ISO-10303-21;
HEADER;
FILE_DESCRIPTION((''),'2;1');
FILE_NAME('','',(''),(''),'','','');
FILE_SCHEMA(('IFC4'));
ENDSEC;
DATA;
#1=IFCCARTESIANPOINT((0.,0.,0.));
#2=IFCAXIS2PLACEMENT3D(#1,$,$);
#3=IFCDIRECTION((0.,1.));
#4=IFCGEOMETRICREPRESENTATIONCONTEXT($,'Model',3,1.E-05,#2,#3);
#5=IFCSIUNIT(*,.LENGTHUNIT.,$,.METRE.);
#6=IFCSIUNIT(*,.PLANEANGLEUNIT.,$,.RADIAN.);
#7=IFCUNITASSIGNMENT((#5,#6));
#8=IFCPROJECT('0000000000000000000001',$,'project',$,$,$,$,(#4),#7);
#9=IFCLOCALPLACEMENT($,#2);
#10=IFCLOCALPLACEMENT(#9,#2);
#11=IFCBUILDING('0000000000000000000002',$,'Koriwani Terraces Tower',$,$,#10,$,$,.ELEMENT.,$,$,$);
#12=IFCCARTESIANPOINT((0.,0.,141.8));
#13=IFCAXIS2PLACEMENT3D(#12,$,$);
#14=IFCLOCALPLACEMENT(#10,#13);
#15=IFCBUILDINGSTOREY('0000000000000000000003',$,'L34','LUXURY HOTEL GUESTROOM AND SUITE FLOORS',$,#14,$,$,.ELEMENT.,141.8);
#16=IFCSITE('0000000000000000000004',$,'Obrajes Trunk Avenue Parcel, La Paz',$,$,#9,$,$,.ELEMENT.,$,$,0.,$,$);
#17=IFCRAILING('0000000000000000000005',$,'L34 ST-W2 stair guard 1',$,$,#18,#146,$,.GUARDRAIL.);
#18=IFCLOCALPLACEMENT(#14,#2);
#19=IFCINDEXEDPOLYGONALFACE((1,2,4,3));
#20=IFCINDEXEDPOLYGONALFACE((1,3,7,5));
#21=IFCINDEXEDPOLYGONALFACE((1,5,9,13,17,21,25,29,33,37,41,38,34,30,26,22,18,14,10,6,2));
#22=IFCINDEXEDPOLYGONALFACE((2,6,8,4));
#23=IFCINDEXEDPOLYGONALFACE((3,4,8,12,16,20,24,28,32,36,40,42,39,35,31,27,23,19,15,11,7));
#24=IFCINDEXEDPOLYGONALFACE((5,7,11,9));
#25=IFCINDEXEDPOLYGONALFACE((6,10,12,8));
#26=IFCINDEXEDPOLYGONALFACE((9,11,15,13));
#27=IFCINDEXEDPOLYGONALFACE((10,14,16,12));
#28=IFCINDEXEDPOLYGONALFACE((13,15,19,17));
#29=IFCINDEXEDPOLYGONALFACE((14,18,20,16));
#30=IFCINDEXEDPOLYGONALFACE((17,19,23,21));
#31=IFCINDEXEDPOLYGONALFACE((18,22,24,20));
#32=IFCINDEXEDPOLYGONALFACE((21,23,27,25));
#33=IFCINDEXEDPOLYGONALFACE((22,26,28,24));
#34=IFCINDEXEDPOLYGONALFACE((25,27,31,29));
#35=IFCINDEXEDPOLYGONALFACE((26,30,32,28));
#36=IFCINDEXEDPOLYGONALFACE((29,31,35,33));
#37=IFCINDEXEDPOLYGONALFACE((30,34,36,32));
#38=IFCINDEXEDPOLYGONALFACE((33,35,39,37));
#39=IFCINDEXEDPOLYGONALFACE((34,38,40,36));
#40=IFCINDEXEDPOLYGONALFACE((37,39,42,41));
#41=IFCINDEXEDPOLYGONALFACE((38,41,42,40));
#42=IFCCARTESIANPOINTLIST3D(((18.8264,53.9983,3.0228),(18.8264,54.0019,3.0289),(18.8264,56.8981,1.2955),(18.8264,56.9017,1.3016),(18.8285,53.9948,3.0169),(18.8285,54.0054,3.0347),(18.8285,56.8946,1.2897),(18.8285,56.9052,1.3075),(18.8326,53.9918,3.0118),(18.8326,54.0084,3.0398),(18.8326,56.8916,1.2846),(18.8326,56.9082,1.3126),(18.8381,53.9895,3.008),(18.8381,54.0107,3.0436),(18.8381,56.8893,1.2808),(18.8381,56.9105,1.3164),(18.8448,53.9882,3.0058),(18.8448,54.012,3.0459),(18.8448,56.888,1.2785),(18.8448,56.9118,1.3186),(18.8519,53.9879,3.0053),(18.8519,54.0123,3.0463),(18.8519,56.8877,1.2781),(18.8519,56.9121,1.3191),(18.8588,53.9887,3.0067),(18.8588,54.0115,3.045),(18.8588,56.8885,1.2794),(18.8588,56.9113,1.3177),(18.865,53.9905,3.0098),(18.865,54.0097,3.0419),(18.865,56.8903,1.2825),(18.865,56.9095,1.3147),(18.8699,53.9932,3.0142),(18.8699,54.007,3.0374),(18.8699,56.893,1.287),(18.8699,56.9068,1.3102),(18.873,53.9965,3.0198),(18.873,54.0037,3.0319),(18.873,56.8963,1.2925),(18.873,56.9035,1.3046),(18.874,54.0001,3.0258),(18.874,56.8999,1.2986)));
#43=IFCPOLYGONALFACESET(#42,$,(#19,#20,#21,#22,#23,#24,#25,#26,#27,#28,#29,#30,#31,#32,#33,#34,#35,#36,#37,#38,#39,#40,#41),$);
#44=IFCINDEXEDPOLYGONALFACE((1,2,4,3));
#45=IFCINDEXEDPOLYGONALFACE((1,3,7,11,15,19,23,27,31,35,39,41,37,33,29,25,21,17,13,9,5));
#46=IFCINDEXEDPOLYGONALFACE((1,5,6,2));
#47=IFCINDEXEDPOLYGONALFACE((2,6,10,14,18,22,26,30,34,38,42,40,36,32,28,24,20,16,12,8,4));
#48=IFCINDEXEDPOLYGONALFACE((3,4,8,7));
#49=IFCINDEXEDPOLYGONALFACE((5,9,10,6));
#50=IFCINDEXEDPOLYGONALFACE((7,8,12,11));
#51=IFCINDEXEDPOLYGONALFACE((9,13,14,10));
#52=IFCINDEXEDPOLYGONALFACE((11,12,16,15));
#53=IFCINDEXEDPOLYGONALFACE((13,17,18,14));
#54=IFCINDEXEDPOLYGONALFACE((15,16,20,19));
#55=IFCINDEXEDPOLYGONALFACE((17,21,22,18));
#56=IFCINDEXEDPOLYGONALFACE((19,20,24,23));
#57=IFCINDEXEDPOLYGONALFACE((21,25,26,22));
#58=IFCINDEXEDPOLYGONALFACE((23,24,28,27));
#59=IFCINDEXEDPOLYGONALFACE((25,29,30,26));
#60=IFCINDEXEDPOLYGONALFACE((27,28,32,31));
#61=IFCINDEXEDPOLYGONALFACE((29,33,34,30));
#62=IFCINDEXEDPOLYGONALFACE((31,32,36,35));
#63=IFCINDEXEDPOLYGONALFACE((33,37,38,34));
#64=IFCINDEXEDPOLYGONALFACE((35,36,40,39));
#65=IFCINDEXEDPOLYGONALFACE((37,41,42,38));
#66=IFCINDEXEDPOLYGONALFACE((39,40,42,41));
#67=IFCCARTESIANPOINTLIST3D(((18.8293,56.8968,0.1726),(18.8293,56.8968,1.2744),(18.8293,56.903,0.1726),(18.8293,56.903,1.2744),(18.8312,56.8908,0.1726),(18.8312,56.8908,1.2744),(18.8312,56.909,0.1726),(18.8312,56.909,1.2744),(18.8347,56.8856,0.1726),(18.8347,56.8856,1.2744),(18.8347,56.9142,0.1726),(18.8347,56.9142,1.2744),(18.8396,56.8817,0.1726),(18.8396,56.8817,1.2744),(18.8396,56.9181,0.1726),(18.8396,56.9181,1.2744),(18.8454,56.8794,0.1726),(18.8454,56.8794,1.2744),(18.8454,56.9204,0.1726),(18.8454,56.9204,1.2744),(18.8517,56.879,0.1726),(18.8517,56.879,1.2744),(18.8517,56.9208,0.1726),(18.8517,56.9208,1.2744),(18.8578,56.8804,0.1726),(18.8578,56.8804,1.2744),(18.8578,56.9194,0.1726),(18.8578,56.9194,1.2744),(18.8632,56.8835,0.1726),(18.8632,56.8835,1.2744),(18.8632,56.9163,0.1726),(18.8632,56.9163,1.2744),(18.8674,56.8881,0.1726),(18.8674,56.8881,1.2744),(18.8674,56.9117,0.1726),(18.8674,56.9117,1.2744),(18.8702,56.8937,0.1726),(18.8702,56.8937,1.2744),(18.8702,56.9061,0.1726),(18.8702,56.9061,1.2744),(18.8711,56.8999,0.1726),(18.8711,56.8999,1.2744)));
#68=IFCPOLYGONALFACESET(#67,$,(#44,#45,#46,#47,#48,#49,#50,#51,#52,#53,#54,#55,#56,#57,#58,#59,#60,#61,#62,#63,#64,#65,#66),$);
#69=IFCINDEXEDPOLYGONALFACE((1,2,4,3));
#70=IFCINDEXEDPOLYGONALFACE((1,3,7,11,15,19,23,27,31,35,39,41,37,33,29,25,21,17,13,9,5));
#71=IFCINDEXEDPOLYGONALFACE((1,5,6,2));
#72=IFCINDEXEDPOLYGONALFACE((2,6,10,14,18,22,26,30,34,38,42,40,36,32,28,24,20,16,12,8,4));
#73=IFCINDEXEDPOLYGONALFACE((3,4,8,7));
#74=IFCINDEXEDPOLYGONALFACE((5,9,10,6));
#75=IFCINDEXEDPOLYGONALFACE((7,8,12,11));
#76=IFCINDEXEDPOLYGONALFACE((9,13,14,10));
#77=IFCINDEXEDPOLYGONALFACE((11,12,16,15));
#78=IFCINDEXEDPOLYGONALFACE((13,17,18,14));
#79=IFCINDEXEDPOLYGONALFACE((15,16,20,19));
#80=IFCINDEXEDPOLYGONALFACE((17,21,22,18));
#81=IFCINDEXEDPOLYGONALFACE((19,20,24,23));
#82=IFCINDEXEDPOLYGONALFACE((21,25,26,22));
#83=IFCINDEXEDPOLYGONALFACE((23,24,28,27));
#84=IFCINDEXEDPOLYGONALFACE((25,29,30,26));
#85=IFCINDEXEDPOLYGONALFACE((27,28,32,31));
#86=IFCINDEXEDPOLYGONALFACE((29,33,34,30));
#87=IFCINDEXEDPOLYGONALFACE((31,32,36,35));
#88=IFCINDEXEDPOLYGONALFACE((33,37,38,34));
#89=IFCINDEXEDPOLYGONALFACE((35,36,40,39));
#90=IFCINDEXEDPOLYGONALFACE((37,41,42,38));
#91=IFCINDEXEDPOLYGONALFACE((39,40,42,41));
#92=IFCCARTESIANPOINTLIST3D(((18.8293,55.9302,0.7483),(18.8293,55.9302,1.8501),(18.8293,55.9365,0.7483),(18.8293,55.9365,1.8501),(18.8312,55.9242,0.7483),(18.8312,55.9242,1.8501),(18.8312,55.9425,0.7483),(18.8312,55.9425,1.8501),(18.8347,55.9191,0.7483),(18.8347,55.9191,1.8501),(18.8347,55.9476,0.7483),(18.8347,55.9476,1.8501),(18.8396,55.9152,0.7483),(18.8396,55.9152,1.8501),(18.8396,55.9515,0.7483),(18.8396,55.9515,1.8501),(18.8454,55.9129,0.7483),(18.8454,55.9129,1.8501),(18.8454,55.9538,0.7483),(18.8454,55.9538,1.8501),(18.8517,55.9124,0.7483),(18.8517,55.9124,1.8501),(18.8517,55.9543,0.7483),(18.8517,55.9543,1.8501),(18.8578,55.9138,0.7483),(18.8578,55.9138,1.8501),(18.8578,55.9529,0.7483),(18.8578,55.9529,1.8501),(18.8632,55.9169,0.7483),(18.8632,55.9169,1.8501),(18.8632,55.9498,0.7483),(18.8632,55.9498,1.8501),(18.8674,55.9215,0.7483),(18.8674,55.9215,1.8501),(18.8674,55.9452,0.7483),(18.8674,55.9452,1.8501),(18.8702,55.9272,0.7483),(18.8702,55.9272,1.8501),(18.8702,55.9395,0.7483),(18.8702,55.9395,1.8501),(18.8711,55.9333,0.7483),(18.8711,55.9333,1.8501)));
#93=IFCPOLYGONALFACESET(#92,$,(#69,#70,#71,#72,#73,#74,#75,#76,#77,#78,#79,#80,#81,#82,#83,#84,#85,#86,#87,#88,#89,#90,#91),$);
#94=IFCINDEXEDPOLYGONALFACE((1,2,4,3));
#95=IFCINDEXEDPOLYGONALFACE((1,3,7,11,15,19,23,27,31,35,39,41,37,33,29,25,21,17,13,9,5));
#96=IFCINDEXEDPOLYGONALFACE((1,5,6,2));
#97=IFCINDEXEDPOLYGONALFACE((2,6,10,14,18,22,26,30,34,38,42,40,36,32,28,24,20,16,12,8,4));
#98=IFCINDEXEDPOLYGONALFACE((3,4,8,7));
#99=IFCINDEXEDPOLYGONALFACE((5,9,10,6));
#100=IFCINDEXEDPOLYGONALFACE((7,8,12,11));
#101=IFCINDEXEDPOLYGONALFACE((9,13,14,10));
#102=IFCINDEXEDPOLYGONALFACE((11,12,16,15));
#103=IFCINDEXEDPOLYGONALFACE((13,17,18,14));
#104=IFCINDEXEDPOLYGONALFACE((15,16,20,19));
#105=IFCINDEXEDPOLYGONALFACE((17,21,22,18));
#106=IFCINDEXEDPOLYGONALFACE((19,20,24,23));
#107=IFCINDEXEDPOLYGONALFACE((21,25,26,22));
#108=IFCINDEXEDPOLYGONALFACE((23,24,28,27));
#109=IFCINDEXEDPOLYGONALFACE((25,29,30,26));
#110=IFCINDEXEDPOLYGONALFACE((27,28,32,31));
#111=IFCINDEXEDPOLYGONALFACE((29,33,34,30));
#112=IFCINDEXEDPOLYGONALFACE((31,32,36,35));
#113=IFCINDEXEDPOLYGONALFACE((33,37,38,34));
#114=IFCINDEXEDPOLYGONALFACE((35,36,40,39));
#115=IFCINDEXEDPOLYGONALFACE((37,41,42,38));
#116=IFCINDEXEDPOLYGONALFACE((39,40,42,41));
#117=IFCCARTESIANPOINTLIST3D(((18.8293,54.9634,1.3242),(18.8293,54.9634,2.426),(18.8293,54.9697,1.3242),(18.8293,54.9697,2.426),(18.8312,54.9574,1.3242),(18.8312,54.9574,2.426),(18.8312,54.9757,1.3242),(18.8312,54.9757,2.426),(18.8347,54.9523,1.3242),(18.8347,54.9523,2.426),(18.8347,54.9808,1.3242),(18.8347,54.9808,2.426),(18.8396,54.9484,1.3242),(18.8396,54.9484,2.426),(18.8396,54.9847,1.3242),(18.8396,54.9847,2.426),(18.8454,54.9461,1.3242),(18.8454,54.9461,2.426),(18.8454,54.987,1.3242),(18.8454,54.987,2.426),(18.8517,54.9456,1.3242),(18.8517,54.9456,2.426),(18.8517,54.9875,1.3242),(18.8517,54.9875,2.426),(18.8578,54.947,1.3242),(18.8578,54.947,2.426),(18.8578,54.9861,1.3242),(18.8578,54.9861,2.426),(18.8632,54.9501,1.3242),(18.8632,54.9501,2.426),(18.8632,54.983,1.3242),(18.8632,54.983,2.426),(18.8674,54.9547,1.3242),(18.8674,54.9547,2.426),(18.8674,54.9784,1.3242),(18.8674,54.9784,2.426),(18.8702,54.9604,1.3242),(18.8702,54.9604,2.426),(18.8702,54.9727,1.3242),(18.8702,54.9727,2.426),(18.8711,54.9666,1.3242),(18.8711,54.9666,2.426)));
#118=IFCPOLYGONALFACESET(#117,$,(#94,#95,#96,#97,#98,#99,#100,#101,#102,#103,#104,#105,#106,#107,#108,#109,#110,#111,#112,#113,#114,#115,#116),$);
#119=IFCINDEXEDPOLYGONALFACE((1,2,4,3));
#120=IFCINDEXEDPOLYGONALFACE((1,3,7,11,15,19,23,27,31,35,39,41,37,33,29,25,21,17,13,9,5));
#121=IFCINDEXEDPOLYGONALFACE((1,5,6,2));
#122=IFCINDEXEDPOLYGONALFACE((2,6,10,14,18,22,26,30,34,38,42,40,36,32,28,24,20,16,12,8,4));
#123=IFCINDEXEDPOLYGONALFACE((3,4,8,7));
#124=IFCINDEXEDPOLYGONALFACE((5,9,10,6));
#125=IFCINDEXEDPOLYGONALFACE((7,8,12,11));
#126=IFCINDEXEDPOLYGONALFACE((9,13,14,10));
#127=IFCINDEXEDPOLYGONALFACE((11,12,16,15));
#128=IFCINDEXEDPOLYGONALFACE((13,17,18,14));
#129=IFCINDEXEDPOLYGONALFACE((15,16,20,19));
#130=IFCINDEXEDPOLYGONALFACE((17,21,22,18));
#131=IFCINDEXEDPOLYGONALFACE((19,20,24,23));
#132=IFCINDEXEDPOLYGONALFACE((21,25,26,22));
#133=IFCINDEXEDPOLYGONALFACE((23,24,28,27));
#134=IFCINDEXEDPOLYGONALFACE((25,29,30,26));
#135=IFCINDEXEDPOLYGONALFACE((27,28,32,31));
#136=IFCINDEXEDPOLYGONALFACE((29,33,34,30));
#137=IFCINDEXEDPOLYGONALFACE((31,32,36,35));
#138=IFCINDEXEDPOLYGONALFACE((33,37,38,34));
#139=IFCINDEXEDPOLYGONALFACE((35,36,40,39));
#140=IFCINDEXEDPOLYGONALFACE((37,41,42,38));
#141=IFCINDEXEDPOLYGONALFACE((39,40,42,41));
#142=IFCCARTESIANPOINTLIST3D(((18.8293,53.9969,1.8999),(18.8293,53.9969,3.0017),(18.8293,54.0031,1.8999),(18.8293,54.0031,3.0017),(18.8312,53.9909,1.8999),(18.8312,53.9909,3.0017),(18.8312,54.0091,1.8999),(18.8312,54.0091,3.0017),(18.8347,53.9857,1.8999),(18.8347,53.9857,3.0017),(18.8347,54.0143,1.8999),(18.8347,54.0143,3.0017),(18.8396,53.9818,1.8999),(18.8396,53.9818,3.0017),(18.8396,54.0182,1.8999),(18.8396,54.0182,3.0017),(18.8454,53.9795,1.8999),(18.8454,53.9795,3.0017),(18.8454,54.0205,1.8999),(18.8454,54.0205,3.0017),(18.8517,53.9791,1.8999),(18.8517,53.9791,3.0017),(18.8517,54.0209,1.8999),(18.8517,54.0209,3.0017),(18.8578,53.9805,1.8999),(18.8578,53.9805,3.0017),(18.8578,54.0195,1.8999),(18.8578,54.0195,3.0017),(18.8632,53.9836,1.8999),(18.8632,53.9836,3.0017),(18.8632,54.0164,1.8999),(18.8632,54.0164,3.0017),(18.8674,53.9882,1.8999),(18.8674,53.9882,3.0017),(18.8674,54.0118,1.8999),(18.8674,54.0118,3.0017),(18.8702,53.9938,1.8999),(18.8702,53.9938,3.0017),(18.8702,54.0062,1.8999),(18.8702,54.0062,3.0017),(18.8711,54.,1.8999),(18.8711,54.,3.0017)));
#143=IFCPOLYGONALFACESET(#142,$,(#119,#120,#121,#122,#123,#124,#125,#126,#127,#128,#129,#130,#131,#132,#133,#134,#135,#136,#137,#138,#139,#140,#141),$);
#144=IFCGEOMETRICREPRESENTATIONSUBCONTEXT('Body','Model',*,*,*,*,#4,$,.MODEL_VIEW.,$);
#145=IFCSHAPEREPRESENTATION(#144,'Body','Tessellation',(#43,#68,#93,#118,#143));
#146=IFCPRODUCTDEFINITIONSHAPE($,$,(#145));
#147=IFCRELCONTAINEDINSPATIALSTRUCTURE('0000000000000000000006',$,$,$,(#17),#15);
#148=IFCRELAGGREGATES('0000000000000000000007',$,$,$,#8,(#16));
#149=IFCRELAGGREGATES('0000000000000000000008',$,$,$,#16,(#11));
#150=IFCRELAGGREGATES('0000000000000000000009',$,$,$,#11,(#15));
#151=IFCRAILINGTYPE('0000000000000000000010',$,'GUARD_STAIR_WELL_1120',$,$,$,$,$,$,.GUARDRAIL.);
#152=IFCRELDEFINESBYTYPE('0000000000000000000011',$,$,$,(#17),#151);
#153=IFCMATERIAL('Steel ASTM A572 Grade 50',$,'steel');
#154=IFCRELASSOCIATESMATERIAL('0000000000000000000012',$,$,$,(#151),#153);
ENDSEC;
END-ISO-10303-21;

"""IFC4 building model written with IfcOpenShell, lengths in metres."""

from ifc_helpers import new_model, si_unit, direction, frame, origin, origin_2d, place, context, subcontext, project, spatial, circle, extrude, material, type_object, element, save


model = new_model("IFC4")

# Units and contexts
model_context = context("Model", 3, precision=1e-05, world=origin(), true_north=direction((0.0, 1.0)))
body_context = subcontext(model_context, "Body", "Model", "MODEL_VIEW")
ifc_project = project(units=[si_unit("LENGTHUNIT", "METRE"), si_unit("PLANEANGLEUNIT", "RADIAN")], contexts=[model_context])

# Site, building, storey
site_placement = place(None, origin())
site = spatial("IfcSite", under=ifc_project, at=site_placement, Name="Obrajes Trunk Avenue Parcel, La Paz", CompositionType="ELEMENT", RefElevation=0.0)
building_placement = place(site_placement, origin())
building = spatial("IfcBuilding", under=site, at=building_placement, Name="Koriwani Terraces Tower", CompositionType="ELEMENT")
storey_placement = place(building_placement, frame((0.0, 0.0, 141.8)))
storey = spatial("IfcBuildingStorey", under=building, at=storey_placement, Name="L34", Description="LUXURY HOTEL GUESTROOM AND SUITE FLOORS", CompositionType="ELEMENT", Elevation=141.8)

# Shared definitions
ifc_material_1 = material(Name="Steel ASTM A572 Grade 50", Category="steel")

# Railing
railing_type = type_object("IfcRailingType", Name="GUARD_STAIR_WELL_1120", PredefinedType="GUARDRAIL", material=ifc_material_1)
railing_1_placement = place(storey_placement, frame((18.8501, 56.8999, 0.1726)))
element("IfcRailing", 1, at=railing_1_placement, inside=storey, type_object=railing_type, Name="L34 ST-W2 stair guard 1", PredefinedType="GUARDRAIL", context=body_context, shape_type="SweptSolid", body=[
    extrude(circle(Radius=0.0239, at=origin_2d()), frame((0.0, 0.0, 1.126), z_axis=(0.0, -0.859141, 0.511738), x_axis=(1.0, 0.0, 0.0)), (0.0, 0.0, 1.0), 3.3752),
    extrude(circle(Radius=0.021, at=origin_2d()), origin(), (0.0, 0.0, 1.0), 1.1018),
    extrude(circle(Radius=0.021, at=origin_2d()), frame((0.0, -0.9666, 0.5757)), (0.0, 0.0, 1.0), 1.1018),
    extrude(circle(Radius=0.021, at=origin_2d()), frame((0.0, -1.9333, 1.1516)), (0.0, 0.0, 1.0), 1.1018),
    extrude(circle(Radius=0.021, at=origin_2d()), frame((0.0, -2.8999, 1.7273)), (0.0, 0.0, 1.0), 1.1018),
])

save(model, "model.ifc")
